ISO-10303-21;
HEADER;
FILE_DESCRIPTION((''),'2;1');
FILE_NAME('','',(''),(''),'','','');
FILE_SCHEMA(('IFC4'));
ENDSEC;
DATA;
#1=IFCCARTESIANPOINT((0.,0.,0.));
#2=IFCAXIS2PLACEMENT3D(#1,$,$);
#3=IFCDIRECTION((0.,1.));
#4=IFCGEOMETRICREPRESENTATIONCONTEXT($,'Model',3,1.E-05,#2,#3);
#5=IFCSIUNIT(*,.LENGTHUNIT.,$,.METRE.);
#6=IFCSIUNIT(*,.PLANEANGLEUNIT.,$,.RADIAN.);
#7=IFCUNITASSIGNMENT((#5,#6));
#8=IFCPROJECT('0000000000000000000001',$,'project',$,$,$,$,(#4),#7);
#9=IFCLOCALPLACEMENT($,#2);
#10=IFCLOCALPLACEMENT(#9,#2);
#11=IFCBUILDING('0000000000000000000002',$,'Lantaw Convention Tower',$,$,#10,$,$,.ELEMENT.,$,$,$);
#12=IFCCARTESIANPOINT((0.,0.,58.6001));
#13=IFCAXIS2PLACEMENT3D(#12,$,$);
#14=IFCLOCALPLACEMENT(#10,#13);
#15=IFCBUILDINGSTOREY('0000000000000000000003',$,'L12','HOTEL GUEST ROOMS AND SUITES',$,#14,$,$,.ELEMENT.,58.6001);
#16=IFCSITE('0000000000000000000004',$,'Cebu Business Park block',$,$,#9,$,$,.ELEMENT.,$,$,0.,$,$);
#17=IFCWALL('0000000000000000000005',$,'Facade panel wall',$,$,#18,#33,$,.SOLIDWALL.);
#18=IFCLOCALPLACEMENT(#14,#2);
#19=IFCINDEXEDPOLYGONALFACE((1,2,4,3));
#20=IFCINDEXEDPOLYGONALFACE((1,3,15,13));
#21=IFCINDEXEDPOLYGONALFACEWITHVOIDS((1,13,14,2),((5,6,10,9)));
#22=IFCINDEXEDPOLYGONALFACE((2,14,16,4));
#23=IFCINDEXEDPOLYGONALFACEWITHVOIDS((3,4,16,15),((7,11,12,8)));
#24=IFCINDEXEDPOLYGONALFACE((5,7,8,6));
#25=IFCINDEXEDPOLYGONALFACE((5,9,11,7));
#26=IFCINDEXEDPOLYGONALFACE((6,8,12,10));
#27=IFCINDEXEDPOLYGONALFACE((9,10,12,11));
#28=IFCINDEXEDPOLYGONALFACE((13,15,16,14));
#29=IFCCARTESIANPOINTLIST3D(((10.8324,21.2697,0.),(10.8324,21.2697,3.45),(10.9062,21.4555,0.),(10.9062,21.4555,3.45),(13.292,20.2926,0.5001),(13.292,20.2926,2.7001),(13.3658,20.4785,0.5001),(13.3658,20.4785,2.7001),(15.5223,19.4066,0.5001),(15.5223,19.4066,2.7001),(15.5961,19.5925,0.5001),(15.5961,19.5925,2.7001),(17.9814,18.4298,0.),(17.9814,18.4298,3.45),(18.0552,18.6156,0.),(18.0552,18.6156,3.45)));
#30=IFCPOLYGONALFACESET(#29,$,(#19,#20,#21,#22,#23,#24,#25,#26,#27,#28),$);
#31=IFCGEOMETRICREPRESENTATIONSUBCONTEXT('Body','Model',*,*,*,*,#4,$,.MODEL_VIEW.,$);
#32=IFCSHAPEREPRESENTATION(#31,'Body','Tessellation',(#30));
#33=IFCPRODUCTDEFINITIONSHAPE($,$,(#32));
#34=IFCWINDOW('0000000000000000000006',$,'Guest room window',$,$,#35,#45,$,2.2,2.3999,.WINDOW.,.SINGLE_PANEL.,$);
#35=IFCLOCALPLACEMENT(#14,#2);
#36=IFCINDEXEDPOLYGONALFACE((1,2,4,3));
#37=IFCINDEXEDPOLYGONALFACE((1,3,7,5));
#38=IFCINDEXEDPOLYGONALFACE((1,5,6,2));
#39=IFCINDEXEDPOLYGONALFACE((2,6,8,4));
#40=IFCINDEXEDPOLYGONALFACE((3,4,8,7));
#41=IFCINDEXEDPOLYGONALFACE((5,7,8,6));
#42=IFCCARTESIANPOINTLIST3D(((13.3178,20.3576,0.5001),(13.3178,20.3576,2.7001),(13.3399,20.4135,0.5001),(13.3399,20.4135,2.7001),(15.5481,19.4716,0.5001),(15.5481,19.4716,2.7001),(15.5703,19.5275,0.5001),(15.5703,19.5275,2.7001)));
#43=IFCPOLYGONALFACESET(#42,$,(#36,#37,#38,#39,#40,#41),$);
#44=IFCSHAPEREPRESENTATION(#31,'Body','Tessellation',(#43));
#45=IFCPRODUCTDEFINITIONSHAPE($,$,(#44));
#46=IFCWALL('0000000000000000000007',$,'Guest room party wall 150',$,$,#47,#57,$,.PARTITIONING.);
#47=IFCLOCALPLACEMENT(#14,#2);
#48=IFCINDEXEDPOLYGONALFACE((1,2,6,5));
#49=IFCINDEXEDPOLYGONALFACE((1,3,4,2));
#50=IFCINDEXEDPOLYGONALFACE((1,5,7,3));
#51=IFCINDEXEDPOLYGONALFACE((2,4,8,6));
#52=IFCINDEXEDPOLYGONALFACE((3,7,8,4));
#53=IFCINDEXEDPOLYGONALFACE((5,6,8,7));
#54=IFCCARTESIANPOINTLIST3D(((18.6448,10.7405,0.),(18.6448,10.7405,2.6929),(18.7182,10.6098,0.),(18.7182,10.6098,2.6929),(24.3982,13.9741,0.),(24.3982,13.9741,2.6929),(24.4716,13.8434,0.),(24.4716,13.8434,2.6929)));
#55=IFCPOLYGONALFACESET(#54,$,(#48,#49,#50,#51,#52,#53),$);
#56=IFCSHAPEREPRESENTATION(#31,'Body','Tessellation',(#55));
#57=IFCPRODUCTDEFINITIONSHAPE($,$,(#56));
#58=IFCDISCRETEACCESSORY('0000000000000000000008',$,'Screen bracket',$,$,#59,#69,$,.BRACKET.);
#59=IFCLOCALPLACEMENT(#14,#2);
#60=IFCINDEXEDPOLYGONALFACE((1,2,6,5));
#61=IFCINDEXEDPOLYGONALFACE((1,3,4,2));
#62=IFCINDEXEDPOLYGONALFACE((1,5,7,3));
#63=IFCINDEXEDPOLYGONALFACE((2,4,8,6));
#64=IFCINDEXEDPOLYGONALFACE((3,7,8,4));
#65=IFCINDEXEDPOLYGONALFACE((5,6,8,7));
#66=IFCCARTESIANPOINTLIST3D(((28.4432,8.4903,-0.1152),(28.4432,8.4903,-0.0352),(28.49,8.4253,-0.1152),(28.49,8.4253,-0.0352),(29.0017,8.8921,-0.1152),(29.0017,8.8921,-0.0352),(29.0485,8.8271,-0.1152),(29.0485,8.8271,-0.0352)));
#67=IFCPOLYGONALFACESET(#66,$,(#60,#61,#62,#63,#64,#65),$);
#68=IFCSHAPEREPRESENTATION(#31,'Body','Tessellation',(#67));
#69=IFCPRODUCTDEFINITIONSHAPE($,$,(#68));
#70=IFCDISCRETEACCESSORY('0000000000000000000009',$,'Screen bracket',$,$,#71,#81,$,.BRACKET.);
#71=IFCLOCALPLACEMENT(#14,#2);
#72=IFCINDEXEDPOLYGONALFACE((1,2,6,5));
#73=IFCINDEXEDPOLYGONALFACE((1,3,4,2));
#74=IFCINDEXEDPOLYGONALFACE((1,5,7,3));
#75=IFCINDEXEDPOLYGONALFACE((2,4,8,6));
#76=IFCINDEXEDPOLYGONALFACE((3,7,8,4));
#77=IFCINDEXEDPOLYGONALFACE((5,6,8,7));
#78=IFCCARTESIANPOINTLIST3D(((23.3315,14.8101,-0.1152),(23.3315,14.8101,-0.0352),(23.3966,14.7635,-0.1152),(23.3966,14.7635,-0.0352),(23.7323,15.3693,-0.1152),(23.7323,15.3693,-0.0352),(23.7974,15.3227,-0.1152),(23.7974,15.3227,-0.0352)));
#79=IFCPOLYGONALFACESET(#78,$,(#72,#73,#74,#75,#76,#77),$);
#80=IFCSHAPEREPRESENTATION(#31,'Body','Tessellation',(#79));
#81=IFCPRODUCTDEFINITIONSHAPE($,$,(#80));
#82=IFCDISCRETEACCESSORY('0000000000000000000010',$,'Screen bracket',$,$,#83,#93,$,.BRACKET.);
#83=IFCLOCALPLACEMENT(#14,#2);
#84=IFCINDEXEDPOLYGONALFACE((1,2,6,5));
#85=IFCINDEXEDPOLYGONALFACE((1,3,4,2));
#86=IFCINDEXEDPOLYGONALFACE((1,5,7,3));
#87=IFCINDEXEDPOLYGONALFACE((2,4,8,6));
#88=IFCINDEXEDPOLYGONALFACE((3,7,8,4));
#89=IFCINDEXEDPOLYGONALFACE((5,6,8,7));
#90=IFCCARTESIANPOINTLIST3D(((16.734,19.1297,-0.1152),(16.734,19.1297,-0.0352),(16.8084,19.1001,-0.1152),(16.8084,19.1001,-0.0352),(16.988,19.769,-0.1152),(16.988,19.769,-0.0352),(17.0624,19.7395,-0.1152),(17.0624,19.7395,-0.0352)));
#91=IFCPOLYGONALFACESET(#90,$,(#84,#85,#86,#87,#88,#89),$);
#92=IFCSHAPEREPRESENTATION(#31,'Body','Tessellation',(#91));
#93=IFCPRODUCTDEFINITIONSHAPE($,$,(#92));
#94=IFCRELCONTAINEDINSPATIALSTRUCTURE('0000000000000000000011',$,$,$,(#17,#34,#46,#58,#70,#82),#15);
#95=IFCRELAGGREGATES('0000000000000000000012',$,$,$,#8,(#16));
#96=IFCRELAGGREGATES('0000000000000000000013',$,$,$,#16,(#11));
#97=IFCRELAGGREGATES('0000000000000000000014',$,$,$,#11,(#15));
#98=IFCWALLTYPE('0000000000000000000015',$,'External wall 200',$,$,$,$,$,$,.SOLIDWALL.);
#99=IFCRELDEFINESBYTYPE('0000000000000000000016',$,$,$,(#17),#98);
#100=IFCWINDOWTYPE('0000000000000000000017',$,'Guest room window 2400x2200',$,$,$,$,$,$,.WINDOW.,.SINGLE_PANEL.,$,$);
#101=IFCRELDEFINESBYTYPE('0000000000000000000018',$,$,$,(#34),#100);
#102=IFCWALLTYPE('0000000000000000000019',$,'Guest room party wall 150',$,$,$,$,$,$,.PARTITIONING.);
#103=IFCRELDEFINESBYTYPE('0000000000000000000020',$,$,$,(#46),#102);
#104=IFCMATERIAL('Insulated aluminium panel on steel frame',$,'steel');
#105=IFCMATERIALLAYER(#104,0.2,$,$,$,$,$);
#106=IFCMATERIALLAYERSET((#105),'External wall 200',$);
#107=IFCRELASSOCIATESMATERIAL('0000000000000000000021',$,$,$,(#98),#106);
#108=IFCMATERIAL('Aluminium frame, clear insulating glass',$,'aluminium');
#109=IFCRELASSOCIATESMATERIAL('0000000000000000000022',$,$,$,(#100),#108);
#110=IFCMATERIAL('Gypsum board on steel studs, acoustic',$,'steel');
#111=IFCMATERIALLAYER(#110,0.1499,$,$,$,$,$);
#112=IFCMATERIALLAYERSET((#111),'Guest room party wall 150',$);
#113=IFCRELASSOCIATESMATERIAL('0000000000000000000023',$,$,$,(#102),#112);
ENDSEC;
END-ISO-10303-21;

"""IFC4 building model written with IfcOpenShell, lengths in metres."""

from ifc_helpers import new_model, si_unit, direction, frame, frame_2d, origin, origin_2d, place, context, subcontext, project, spatial, rectangle, extrude, material, layer, layer_set, type_object, element, fill, save


model = new_model("IFC4")

# Units and contexts
model_context = context("Model", 3, precision=1e-05, world=origin(), true_north=direction((0.0, 1.0)))
body_context = subcontext(model_context, "Body", "Model", "MODEL_VIEW")
ifc_project = project(units=[si_unit("LENGTHUNIT", "METRE"), si_unit("PLANEANGLEUNIT", "RADIAN")], contexts=[model_context])

# Site, building, storey
site_placement = place(None, origin())
site = spatial("IfcSite", under=ifc_project, at=site_placement, Name="Cebu Business Park block", CompositionType="ELEMENT", RefElevation=0.0)
building_placement = place(site_placement, origin())
building = spatial("IfcBuilding", under=site, at=building_placement, Name="Lantaw Convention Tower", CompositionType="ELEMENT")
storey_placement = place(building_placement, frame((0.0, 0.0, 58.6001)))
storey = spatial("IfcBuildingStorey", under=building, at=storey_placement, Name="L12", Description="HOTEL GUEST ROOMS AND SUITES", CompositionType="ELEMENT", Elevation=58.6001)

# Wall, opening, window
ifc_material_1 = material(Name="Insulated aluminium panel on steel frame", Category="steel")
ifc_layer_1 = layer(ifc_material_1, 0.2)
ifc_layer_set_1 = layer_set([ifc_layer_1], Name="External wall 200")
wall_type_1 = type_object("IfcWallType", Name="External wall 200", PredefinedType="SOLIDWALL", material=ifc_layer_set_1)
ifc_material_2 = material(Name="Aluminium frame, clear insulating glass", Category="aluminium")
window_type = type_object("IfcWindowType", Name="Guest room window 2400x2200", PartitioningType="SINGLE_PANEL", PredefinedType="WINDOW", material=ifc_material_2)
wall_1_placement = place(storey_placement, frame((18.0183, 18.5227, 0.0), z_axis=(0.0, 0.0, 1.0), x_axis=(-0.929358, 0.369179, 0.0)))
wall_1 = element("IfcWall", 1, at=wall_1_placement, inside=storey, type_object=wall_type_1, Name="Facade panel wall", PredefinedType="SOLIDWALL", context=body_context, shape_type="SweptSolid", body=[
    extrude(rectangle(XDim=7.6924, YDim=0.2, at=frame_2d((3.8462, 0.0))), origin(), (0.0, 0.0, 1.0), 3.45),
])
opening_1_placement = place(wall_1_placement, frame((2.646, 0.0, 0.5)))
opening_1 = element("IfcOpeningElement", 2, at=opening_1_placement, cuts=wall_1, PredefinedType="OPENING", context=body_context, shape_type="SweptSolid", body=[
    extrude(rectangle(XDim=2.3999, YDim=2.2, at=frame_2d((1.2, 1.1001))), frame((0.0, 0.1099, 0.0), z_axis=(0.0, -1.0, 0.0), x_axis=(1.0, 0.0, 0.0)), (0.0, 0.0, 1.0), 0.22),
])
window_1_placement = place(opening_1_placement, origin())
window_1 = element("IfcWindow", 3, at=window_1_placement, inside=storey, type_object=window_type, Name="Guest room window", OverallHeight=2.2, OverallWidth=2.3999, PartitioningType="SINGLE_PANEL", PredefinedType="WINDOW", context=body_context, shape_type="SweptSolid", body=[
    extrude(rectangle(XDim=2.3999, YDim=2.2, at=frame_2d((1.2, 1.1001))), frame((0.0, 0.03, 0.0), z_axis=(0.0, -1.0, 0.0), x_axis=(1.0, 0.0, 0.0)), (0.0, 0.0, 1.0), 0.0601),
])
fill(opening_1, window_1)

# Wall
ifc_material_3 = material(Name="Gypsum board on steel studs, acoustic", Category="steel")
ifc_layer_2 = layer(ifc_material_3, 0.1499)
ifc_layer_set_2 = layer_set([ifc_layer_2], Name="Guest room party wall 150")
wall_type_2 = type_object("IfcWallType", Name="Guest room party wall 150", PredefinedType="PARTITIONING", material=ifc_layer_set_2)
wall_2_placement = place(storey_placement, frame((24.4348, 13.9087, 0.0), z_axis=(0.0, 0.0, 1.0), x_axis=(-0.871747, -0.489956, 0.0)))
element("IfcWall", 4, at=wall_2_placement, inside=storey, type_object=wall_type_2, Name="Guest room party wall 150", PredefinedType="PARTITIONING", context=body_context, shape_type="SweptSolid", body=[
    extrude(rectangle(XDim=6.5999, YDim=0.1499, at=frame_2d((3.2998, 0.0))), origin(), (0.0, 0.0, 1.0), 2.6929),
])

# Discrete accessories
for number, where, z_axis, x_axis, name in (
    (5, (28.7458, 8.6587, -0.1152), (0.0, 0.0, 1.0), (-0.583951, 0.811789, 0.0), "Screen bracket"),
    (6, (23.5645, 15.0664, -0.1152), (0.0, 0.0, 1.0), (-0.812804, 0.582538, 0.0), "Screen bracket"),
    (7, (16.8982, 19.4346, -0.1152), (0.0, 0.0, 1.0), (-0.929361, 0.369172, 0.0), "Screen bracket"),
):
    element("IfcDiscreteAccessory", number, at=place(storey_placement, frame(where, z_axis=z_axis, x_axis=x_axis)), inside=storey, Name=name, PredefinedType="BRACKET", context=body_context, shape_type="SweptSolid", body=[
        extrude(rectangle(XDim=0.0801, YDim=0.688, at=origin_2d()), origin(), (0.0, 0.0, 1.0), 0.0801),
    ])

save(model, "model.ifc")
